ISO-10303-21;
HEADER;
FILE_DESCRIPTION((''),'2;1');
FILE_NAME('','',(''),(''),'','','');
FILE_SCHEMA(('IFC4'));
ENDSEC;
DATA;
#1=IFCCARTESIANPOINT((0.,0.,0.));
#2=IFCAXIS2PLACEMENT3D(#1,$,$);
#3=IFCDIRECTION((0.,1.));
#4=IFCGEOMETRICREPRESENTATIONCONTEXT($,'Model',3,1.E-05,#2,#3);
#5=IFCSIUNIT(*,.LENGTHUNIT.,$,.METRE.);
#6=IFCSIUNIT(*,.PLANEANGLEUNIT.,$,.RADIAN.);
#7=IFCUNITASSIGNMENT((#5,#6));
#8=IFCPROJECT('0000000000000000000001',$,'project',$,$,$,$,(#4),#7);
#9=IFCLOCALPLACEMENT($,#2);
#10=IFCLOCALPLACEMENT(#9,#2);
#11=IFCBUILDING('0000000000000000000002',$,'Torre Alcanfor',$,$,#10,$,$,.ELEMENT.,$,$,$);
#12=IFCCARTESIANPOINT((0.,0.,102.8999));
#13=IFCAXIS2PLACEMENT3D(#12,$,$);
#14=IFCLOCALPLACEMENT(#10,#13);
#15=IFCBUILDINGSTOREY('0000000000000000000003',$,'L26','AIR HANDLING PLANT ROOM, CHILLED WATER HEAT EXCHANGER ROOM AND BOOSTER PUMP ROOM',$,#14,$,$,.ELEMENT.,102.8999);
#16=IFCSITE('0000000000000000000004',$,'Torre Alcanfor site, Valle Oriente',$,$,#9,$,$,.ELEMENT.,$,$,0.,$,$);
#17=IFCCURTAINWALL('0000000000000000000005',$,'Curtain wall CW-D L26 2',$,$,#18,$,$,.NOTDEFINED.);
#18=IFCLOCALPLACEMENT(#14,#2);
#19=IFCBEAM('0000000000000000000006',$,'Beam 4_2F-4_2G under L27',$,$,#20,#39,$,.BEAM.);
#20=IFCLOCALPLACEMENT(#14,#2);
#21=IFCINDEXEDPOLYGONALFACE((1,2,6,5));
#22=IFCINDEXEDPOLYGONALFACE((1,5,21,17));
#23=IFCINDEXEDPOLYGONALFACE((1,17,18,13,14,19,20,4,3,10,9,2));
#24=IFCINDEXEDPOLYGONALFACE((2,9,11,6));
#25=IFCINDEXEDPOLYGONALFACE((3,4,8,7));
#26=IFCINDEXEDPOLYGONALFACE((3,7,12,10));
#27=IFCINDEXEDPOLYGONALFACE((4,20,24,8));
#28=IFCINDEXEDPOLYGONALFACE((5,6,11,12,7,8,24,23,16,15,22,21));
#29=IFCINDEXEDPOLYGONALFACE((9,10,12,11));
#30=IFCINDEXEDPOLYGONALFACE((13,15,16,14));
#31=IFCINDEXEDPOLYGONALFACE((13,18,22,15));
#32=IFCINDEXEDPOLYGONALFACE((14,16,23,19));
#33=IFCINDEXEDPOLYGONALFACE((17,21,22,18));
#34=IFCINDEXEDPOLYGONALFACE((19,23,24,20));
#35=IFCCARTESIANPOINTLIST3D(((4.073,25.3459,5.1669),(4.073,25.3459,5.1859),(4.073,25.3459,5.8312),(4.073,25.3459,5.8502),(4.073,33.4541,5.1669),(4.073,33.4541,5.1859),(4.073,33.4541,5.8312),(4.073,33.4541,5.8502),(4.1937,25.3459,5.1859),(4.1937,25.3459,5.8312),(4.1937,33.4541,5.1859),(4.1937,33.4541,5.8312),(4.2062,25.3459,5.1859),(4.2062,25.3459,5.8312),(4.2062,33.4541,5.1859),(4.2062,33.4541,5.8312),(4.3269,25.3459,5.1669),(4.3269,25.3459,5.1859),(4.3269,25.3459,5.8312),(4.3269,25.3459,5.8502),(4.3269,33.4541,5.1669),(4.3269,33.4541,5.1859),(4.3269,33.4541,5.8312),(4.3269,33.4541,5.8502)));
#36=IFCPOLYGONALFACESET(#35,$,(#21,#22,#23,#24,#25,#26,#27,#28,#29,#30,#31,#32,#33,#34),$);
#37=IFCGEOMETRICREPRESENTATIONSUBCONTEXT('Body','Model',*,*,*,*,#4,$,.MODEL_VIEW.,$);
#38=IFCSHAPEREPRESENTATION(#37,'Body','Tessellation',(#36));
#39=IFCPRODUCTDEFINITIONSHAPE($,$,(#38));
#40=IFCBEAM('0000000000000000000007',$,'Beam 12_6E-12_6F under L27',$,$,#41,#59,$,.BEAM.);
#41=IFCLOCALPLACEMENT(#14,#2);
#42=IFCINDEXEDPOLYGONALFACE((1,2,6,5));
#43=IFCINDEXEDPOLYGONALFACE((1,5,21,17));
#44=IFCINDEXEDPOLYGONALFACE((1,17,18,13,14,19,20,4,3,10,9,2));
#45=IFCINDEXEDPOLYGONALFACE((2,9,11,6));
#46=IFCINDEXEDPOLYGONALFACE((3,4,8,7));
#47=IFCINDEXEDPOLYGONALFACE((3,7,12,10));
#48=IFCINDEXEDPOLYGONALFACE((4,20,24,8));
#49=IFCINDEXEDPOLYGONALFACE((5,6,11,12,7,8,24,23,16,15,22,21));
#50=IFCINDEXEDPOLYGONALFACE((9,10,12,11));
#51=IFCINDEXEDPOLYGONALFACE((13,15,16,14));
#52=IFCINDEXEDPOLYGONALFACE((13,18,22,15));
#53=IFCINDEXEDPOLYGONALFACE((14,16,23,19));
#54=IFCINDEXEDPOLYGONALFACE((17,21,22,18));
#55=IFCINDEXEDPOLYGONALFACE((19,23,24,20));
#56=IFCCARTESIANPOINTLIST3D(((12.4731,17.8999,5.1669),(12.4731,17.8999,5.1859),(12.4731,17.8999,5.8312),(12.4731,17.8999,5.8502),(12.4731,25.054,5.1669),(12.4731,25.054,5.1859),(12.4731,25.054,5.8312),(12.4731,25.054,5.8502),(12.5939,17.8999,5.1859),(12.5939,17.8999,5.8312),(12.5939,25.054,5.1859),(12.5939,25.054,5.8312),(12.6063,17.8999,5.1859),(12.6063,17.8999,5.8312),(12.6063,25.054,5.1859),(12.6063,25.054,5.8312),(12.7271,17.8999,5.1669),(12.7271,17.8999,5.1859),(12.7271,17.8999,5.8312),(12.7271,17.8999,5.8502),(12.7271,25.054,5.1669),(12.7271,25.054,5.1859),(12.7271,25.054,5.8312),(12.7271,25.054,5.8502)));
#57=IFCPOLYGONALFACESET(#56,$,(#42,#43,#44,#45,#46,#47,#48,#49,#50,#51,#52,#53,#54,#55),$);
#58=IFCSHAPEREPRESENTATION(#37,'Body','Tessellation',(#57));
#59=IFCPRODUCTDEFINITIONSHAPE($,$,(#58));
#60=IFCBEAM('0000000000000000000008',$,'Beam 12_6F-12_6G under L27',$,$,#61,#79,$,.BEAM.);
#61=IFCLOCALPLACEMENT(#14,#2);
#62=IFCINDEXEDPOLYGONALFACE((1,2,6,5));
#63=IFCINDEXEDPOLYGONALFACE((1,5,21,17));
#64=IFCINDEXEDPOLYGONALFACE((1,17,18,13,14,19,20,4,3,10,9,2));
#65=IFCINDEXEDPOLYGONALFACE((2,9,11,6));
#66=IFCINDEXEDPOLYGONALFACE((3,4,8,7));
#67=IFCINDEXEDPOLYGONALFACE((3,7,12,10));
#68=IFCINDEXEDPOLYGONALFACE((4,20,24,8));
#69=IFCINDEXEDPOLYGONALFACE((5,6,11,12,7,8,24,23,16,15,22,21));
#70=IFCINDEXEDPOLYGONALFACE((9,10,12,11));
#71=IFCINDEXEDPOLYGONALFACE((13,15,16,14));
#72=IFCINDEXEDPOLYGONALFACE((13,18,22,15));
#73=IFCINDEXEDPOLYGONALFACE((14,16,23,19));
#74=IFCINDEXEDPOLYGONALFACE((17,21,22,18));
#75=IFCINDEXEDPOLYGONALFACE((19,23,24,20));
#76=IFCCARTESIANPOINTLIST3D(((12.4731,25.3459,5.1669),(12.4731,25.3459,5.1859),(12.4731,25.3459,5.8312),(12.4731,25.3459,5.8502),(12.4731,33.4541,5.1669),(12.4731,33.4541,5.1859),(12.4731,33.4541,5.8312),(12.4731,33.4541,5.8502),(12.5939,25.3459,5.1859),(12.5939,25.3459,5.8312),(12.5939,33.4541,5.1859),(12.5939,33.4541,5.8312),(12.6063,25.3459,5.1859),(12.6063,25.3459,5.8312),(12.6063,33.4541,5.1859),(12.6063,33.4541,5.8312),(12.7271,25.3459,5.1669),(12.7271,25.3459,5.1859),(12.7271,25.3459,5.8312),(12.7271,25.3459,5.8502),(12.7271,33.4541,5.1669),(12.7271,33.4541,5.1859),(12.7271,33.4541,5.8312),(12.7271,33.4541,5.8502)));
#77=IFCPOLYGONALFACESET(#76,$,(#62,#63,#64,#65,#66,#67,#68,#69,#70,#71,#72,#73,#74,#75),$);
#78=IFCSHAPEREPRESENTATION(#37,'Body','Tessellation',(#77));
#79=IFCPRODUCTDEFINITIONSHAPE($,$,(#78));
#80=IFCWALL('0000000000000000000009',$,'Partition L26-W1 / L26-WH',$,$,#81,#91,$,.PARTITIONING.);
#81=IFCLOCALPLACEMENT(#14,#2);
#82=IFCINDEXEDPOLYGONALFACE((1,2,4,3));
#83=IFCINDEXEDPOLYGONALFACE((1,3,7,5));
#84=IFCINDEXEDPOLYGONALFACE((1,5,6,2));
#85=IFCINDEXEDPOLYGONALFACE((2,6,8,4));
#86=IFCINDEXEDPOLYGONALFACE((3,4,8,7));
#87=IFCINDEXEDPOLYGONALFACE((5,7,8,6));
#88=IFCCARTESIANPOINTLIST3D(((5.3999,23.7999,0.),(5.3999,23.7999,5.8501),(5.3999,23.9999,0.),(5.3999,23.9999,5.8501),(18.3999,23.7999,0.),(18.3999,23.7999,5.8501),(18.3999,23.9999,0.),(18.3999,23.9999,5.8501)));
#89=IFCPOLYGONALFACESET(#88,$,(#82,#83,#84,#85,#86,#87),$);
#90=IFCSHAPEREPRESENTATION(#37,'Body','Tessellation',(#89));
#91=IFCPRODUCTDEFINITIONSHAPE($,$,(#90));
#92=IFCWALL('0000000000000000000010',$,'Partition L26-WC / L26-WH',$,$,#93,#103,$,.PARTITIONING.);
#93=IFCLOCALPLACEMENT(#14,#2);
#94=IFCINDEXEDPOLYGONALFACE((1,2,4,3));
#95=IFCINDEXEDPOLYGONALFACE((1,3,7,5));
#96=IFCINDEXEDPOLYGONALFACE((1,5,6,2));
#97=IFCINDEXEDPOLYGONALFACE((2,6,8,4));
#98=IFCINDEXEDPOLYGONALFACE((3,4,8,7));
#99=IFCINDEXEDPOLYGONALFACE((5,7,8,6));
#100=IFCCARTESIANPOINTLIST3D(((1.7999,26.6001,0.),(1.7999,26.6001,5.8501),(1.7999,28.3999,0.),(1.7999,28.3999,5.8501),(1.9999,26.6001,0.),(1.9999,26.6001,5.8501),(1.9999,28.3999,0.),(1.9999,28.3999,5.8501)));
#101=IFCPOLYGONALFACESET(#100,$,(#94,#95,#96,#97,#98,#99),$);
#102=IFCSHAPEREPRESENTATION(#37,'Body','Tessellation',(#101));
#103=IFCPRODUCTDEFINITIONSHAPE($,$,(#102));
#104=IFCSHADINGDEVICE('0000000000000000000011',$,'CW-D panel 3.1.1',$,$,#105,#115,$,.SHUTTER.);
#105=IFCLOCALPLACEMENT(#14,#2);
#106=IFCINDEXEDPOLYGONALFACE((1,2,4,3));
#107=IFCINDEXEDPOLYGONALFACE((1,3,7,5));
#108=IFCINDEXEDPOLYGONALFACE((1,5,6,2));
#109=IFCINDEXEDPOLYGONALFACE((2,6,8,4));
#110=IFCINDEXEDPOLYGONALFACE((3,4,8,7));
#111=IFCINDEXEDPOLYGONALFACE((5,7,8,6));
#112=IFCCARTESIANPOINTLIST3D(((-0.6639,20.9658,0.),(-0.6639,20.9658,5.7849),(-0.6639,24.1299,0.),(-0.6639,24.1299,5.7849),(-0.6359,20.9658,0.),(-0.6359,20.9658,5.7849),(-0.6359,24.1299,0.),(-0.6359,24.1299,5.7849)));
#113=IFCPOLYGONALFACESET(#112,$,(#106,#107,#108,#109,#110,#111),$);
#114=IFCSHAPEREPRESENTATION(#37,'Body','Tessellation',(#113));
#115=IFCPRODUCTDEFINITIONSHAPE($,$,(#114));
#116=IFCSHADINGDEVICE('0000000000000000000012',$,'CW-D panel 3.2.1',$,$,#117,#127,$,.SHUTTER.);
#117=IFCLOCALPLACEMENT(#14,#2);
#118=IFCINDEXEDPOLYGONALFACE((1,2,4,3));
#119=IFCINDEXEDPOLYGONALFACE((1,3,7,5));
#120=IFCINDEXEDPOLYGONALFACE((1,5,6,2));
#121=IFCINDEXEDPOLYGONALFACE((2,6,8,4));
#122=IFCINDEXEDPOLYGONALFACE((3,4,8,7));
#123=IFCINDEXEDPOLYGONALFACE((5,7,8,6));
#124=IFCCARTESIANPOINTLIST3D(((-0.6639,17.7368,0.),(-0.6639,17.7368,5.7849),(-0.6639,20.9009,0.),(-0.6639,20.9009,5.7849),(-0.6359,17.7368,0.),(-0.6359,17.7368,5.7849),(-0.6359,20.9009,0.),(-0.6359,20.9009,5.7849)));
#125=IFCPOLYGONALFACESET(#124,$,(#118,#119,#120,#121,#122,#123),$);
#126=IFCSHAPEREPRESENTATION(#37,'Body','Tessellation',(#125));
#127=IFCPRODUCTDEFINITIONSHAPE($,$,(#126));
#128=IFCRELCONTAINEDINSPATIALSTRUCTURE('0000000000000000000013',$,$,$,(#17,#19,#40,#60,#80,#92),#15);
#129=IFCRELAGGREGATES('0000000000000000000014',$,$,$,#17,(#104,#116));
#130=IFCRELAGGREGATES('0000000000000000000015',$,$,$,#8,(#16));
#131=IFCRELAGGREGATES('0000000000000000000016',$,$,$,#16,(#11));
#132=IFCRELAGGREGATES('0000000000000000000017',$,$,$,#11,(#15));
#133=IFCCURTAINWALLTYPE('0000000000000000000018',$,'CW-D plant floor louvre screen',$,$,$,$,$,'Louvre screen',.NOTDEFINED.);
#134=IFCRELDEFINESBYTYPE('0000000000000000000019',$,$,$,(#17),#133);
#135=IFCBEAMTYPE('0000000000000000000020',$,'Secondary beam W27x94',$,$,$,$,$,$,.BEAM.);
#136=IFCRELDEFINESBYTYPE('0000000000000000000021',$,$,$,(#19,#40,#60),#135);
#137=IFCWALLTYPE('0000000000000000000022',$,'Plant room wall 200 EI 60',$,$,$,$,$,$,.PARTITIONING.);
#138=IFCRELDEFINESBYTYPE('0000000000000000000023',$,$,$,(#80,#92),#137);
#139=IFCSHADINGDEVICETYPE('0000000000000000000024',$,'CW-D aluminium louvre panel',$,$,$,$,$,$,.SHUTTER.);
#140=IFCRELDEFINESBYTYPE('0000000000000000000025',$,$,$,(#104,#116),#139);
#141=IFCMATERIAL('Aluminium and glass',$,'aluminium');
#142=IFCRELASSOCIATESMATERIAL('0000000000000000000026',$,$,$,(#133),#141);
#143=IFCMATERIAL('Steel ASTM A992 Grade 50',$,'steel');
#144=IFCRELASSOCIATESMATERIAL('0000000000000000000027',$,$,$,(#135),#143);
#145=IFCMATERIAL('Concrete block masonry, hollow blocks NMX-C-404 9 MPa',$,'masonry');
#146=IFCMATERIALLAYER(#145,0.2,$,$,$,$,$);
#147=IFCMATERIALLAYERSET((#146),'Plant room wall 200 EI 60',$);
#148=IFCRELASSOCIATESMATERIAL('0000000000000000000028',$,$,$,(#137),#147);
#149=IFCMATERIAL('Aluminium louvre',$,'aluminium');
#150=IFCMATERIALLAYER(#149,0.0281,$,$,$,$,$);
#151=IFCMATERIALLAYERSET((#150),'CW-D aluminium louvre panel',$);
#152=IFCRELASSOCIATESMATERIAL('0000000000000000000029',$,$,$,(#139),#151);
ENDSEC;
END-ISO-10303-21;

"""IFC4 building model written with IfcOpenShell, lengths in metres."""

from ifc_helpers import new_model, si_unit, direction, frame, frame_2d, origin, origin_2d, place, context, subcontext, project, spatial, rectangle, i_section, extrude, material, layer, layer_set, material_profile, profile_set, type_object, element, aggregate, save


model = new_model("IFC4")

# Units and contexts
model_context = context("Model", 3, precision=1e-05, world=origin(), true_north=direction((0.0, 1.0)))
body_context = subcontext(model_context, "Body", "Model", "MODEL_VIEW")
ifc_project = project(units=[si_unit("LENGTHUNIT", "METRE"), si_unit("PLANEANGLEUNIT", "RADIAN")], contexts=[model_context])

# Site, building, storey
site_placement = place(None, origin())
site = spatial("IfcSite", under=ifc_project, at=site_placement, Name="Torre Alcanfor site, Valle Oriente", CompositionType="ELEMENT", RefElevation=0.0)
building_placement = place(site_placement, origin())
building = spatial("IfcBuilding", under=site, at=building_placement, Name="Torre Alcanfor", CompositionType="ELEMENT")
storey_placement = place(building_placement, frame((0.0, 0.0, 102.8999)))
storey = spatial("IfcBuildingStorey", under=building, at=storey_placement, Name="L26", Description="AIR HANDLING PLANT ROOM, CHILLED WATER HEAT EXCHANGER ROOM AND BOOSTER PUMP ROOM", CompositionType="ELEMENT", Elevation=102.8999)

# Curtain wall
ifc_material_1 = material(Name="Aluminium and glass", Category="aluminium")
curtain_wall_type = type_object("IfcCurtainWallType", Name="CW-D plant floor louvre screen", ElementType="Louvre screen", PredefinedType="NOTDEFINED", material=ifc_material_1)
curtain_wall_placement = place(storey_placement, origin())
curtain_wall = element("IfcCurtainWall", 1, at=curtain_wall_placement, inside=storey, type_object=curtain_wall_type, Name="Curtain wall CW-D L26 2", PredefinedType="NOTDEFINED")

# Beams
ifc_material_2 = material(Name="Steel ASTM A992 Grade 50", Category="steel")
ifc_material_profile_1 = material_profile(ifc_material_2, i_section(OverallWidth=0.2539, OverallDepth=0.6833, WebThickness=0.0125, FlangeThickness=0.019, at=origin_2d()), Name="W27x94")
ifc_profile_set_1 = profile_set([ifc_material_profile_1], Name="Steel ASTM A992 Grade 50")
beam_type_1 = type_object("IfcBeamType", Name="Secondary beam W27x94", PredefinedType="BEAM", material=ifc_profile_set_1)
beam_1_placement = place(storey_placement, frame((4.2, 25.3459, 5.5085), z_axis=(0.0, 1.0, 0.0), x_axis=(-1.0, 0.0, 0.0)))
element("IfcBeam", 2, at=beam_1_placement, inside=storey, type_object=beam_type_1, Name="Beam 4_2F-4_2G under L27", PredefinedType="BEAM", context=body_context, shape_type="SweptSolid", body=[
    extrude(i_section(OverallWidth=0.2539, OverallDepth=0.6833, WebThickness=0.0125, FlangeThickness=0.019, at=origin_2d()), origin(), (0.0, 0.0, 1.0), 8.1082),
])
beam_2_placement = place(storey_placement, frame((12.6001, 17.8999, 5.5085), z_axis=(0.0, 1.0, 0.0), x_axis=(-1.0, 0.0, 0.0)))
element("IfcBeam", 3, at=beam_2_placement, inside=storey, type_object=beam_type_1, Name="Beam 12_6E-12_6F under L27", PredefinedType="BEAM", context=body_context, shape_type="SweptSolid", body=[
    extrude(i_section(OverallWidth=0.2539, OverallDepth=0.6833, WebThickness=0.0125, FlangeThickness=0.019, at=origin_2d()), origin(), (0.0, 0.0, 1.0), 7.1541),
])
beam_3_placement = place(storey_placement, frame((12.6001, 25.3459, 5.5085), z_axis=(0.0, 1.0, 0.0), x_axis=(-1.0, 0.0, 0.0)))
element("IfcBeam", 4, at=beam_3_placement, inside=storey, type_object=beam_type_1, Name="Beam 12_6F-12_6G under L27", PredefinedType="BEAM", context=body_context, shape_type="SweptSolid", body=[
    extrude(i_section(OverallWidth=0.2539, OverallDepth=0.6833, WebThickness=0.0125, FlangeThickness=0.019, at=origin_2d()), origin(), (0.0, 0.0, 1.0), 8.1082),
])

# Walls
ifc_material_3 = material(Name="Concrete block masonry, hollow blocks NMX-C-404 9 MPa", Category="masonry")
ifc_layer_1 = layer(ifc_material_3, 0.2)
ifc_layer_set_1 = layer_set([ifc_layer_1], Name="Plant room wall 200 EI 60")
wall_type = type_object("IfcWallType", Name="Plant room wall 200 EI 60", PredefinedType="PARTITIONING", material=ifc_layer_set_1)
wall_1_placement = place(storey_placement, frame((5.3999, 23.8999, 0.0), z_axis=(0.0, 0.0, 1.0), x_axis=(1.0, 0.0, 0.0)))
element("IfcWall", 5, at=wall_1_placement, inside=storey, type_object=wall_type, Name="Partition L26-W1 / L26-WH", PredefinedType="PARTITIONING", context=body_context, shape_type="SweptSolid", body=[
    extrude(rectangle(XDim=13.0, YDim=0.2, at=frame_2d((6.5, 0.0))), origin(), (0.0, 0.0, 1.0), 5.8501),
])
wall_2_placement = place(storey_placement, frame((1.8999, 26.6001, 0.0), z_axis=(0.0, 0.0, 1.0), x_axis=(0.0, 1.0, 0.0)))
element("IfcWall", 6, at=wall_2_placement, inside=storey, type_object=wall_type, Name="Partition L26-WC / L26-WH", PredefinedType="PARTITIONING", context=body_context, shape_type="SweptSolid", body=[
    extrude(rectangle(XDim=1.7998, YDim=0.2, at=frame_2d((0.8999, 0.0))), origin(), (0.0, 0.0, 1.0), 5.8501),
])

# Shading devices
ifc_material_4 = material(Name="Aluminium louvre", Category="aluminium")
ifc_layer_2 = layer(ifc_material_4, 0.0281)
ifc_layer_set_2 = layer_set([ifc_layer_2], Name="CW-D aluminium louvre panel")
shading_device_type = type_object("IfcShadingDeviceType", Name="CW-D aluminium louvre panel", PredefinedType="SHUTTER", material=ifc_layer_set_2)
shading_device_1_placement = place(storey_placement, frame((-0.6499, 22.5479, 0.0), z_axis=(0.0, 0.0, 1.0), x_axis=(0.0, -1.0, 0.0)))
shading_device_1 = element("IfcShadingDevice", 7, at=shading_device_1_placement, type_object=shading_device_type, Name="CW-D panel 3.1.1", PredefinedType="SHUTTER", context=body_context, shape_type="SweptSolid", body=[
    extrude(rectangle(XDim=3.1641, YDim=0.0281, at=origin_2d()), origin(), (0.0, 0.0, 1.0), 5.7849),
])
shading_device_2_placement = place(storey_placement, frame((-0.6499, 19.3188, 0.0), z_axis=(0.0, 0.0, 1.0), x_axis=(0.0, -1.0, 0.0)))
shading_device_2 = element("IfcShadingDevice", 8, at=shading_device_2_placement, type_object=shading_device_type, Name="CW-D panel 3.2.1", PredefinedType="SHUTTER", context=body_context, shape_type="SweptSolid", body=[
    extrude(rectangle(XDim=3.1641, YDim=0.0281, at=origin_2d()), origin(), (0.0, 0.0, 1.0), 5.7849),
])
aggregate(curtain_wall, [shading_device_1, shading_device_2])

save(model, "model.ifc")
